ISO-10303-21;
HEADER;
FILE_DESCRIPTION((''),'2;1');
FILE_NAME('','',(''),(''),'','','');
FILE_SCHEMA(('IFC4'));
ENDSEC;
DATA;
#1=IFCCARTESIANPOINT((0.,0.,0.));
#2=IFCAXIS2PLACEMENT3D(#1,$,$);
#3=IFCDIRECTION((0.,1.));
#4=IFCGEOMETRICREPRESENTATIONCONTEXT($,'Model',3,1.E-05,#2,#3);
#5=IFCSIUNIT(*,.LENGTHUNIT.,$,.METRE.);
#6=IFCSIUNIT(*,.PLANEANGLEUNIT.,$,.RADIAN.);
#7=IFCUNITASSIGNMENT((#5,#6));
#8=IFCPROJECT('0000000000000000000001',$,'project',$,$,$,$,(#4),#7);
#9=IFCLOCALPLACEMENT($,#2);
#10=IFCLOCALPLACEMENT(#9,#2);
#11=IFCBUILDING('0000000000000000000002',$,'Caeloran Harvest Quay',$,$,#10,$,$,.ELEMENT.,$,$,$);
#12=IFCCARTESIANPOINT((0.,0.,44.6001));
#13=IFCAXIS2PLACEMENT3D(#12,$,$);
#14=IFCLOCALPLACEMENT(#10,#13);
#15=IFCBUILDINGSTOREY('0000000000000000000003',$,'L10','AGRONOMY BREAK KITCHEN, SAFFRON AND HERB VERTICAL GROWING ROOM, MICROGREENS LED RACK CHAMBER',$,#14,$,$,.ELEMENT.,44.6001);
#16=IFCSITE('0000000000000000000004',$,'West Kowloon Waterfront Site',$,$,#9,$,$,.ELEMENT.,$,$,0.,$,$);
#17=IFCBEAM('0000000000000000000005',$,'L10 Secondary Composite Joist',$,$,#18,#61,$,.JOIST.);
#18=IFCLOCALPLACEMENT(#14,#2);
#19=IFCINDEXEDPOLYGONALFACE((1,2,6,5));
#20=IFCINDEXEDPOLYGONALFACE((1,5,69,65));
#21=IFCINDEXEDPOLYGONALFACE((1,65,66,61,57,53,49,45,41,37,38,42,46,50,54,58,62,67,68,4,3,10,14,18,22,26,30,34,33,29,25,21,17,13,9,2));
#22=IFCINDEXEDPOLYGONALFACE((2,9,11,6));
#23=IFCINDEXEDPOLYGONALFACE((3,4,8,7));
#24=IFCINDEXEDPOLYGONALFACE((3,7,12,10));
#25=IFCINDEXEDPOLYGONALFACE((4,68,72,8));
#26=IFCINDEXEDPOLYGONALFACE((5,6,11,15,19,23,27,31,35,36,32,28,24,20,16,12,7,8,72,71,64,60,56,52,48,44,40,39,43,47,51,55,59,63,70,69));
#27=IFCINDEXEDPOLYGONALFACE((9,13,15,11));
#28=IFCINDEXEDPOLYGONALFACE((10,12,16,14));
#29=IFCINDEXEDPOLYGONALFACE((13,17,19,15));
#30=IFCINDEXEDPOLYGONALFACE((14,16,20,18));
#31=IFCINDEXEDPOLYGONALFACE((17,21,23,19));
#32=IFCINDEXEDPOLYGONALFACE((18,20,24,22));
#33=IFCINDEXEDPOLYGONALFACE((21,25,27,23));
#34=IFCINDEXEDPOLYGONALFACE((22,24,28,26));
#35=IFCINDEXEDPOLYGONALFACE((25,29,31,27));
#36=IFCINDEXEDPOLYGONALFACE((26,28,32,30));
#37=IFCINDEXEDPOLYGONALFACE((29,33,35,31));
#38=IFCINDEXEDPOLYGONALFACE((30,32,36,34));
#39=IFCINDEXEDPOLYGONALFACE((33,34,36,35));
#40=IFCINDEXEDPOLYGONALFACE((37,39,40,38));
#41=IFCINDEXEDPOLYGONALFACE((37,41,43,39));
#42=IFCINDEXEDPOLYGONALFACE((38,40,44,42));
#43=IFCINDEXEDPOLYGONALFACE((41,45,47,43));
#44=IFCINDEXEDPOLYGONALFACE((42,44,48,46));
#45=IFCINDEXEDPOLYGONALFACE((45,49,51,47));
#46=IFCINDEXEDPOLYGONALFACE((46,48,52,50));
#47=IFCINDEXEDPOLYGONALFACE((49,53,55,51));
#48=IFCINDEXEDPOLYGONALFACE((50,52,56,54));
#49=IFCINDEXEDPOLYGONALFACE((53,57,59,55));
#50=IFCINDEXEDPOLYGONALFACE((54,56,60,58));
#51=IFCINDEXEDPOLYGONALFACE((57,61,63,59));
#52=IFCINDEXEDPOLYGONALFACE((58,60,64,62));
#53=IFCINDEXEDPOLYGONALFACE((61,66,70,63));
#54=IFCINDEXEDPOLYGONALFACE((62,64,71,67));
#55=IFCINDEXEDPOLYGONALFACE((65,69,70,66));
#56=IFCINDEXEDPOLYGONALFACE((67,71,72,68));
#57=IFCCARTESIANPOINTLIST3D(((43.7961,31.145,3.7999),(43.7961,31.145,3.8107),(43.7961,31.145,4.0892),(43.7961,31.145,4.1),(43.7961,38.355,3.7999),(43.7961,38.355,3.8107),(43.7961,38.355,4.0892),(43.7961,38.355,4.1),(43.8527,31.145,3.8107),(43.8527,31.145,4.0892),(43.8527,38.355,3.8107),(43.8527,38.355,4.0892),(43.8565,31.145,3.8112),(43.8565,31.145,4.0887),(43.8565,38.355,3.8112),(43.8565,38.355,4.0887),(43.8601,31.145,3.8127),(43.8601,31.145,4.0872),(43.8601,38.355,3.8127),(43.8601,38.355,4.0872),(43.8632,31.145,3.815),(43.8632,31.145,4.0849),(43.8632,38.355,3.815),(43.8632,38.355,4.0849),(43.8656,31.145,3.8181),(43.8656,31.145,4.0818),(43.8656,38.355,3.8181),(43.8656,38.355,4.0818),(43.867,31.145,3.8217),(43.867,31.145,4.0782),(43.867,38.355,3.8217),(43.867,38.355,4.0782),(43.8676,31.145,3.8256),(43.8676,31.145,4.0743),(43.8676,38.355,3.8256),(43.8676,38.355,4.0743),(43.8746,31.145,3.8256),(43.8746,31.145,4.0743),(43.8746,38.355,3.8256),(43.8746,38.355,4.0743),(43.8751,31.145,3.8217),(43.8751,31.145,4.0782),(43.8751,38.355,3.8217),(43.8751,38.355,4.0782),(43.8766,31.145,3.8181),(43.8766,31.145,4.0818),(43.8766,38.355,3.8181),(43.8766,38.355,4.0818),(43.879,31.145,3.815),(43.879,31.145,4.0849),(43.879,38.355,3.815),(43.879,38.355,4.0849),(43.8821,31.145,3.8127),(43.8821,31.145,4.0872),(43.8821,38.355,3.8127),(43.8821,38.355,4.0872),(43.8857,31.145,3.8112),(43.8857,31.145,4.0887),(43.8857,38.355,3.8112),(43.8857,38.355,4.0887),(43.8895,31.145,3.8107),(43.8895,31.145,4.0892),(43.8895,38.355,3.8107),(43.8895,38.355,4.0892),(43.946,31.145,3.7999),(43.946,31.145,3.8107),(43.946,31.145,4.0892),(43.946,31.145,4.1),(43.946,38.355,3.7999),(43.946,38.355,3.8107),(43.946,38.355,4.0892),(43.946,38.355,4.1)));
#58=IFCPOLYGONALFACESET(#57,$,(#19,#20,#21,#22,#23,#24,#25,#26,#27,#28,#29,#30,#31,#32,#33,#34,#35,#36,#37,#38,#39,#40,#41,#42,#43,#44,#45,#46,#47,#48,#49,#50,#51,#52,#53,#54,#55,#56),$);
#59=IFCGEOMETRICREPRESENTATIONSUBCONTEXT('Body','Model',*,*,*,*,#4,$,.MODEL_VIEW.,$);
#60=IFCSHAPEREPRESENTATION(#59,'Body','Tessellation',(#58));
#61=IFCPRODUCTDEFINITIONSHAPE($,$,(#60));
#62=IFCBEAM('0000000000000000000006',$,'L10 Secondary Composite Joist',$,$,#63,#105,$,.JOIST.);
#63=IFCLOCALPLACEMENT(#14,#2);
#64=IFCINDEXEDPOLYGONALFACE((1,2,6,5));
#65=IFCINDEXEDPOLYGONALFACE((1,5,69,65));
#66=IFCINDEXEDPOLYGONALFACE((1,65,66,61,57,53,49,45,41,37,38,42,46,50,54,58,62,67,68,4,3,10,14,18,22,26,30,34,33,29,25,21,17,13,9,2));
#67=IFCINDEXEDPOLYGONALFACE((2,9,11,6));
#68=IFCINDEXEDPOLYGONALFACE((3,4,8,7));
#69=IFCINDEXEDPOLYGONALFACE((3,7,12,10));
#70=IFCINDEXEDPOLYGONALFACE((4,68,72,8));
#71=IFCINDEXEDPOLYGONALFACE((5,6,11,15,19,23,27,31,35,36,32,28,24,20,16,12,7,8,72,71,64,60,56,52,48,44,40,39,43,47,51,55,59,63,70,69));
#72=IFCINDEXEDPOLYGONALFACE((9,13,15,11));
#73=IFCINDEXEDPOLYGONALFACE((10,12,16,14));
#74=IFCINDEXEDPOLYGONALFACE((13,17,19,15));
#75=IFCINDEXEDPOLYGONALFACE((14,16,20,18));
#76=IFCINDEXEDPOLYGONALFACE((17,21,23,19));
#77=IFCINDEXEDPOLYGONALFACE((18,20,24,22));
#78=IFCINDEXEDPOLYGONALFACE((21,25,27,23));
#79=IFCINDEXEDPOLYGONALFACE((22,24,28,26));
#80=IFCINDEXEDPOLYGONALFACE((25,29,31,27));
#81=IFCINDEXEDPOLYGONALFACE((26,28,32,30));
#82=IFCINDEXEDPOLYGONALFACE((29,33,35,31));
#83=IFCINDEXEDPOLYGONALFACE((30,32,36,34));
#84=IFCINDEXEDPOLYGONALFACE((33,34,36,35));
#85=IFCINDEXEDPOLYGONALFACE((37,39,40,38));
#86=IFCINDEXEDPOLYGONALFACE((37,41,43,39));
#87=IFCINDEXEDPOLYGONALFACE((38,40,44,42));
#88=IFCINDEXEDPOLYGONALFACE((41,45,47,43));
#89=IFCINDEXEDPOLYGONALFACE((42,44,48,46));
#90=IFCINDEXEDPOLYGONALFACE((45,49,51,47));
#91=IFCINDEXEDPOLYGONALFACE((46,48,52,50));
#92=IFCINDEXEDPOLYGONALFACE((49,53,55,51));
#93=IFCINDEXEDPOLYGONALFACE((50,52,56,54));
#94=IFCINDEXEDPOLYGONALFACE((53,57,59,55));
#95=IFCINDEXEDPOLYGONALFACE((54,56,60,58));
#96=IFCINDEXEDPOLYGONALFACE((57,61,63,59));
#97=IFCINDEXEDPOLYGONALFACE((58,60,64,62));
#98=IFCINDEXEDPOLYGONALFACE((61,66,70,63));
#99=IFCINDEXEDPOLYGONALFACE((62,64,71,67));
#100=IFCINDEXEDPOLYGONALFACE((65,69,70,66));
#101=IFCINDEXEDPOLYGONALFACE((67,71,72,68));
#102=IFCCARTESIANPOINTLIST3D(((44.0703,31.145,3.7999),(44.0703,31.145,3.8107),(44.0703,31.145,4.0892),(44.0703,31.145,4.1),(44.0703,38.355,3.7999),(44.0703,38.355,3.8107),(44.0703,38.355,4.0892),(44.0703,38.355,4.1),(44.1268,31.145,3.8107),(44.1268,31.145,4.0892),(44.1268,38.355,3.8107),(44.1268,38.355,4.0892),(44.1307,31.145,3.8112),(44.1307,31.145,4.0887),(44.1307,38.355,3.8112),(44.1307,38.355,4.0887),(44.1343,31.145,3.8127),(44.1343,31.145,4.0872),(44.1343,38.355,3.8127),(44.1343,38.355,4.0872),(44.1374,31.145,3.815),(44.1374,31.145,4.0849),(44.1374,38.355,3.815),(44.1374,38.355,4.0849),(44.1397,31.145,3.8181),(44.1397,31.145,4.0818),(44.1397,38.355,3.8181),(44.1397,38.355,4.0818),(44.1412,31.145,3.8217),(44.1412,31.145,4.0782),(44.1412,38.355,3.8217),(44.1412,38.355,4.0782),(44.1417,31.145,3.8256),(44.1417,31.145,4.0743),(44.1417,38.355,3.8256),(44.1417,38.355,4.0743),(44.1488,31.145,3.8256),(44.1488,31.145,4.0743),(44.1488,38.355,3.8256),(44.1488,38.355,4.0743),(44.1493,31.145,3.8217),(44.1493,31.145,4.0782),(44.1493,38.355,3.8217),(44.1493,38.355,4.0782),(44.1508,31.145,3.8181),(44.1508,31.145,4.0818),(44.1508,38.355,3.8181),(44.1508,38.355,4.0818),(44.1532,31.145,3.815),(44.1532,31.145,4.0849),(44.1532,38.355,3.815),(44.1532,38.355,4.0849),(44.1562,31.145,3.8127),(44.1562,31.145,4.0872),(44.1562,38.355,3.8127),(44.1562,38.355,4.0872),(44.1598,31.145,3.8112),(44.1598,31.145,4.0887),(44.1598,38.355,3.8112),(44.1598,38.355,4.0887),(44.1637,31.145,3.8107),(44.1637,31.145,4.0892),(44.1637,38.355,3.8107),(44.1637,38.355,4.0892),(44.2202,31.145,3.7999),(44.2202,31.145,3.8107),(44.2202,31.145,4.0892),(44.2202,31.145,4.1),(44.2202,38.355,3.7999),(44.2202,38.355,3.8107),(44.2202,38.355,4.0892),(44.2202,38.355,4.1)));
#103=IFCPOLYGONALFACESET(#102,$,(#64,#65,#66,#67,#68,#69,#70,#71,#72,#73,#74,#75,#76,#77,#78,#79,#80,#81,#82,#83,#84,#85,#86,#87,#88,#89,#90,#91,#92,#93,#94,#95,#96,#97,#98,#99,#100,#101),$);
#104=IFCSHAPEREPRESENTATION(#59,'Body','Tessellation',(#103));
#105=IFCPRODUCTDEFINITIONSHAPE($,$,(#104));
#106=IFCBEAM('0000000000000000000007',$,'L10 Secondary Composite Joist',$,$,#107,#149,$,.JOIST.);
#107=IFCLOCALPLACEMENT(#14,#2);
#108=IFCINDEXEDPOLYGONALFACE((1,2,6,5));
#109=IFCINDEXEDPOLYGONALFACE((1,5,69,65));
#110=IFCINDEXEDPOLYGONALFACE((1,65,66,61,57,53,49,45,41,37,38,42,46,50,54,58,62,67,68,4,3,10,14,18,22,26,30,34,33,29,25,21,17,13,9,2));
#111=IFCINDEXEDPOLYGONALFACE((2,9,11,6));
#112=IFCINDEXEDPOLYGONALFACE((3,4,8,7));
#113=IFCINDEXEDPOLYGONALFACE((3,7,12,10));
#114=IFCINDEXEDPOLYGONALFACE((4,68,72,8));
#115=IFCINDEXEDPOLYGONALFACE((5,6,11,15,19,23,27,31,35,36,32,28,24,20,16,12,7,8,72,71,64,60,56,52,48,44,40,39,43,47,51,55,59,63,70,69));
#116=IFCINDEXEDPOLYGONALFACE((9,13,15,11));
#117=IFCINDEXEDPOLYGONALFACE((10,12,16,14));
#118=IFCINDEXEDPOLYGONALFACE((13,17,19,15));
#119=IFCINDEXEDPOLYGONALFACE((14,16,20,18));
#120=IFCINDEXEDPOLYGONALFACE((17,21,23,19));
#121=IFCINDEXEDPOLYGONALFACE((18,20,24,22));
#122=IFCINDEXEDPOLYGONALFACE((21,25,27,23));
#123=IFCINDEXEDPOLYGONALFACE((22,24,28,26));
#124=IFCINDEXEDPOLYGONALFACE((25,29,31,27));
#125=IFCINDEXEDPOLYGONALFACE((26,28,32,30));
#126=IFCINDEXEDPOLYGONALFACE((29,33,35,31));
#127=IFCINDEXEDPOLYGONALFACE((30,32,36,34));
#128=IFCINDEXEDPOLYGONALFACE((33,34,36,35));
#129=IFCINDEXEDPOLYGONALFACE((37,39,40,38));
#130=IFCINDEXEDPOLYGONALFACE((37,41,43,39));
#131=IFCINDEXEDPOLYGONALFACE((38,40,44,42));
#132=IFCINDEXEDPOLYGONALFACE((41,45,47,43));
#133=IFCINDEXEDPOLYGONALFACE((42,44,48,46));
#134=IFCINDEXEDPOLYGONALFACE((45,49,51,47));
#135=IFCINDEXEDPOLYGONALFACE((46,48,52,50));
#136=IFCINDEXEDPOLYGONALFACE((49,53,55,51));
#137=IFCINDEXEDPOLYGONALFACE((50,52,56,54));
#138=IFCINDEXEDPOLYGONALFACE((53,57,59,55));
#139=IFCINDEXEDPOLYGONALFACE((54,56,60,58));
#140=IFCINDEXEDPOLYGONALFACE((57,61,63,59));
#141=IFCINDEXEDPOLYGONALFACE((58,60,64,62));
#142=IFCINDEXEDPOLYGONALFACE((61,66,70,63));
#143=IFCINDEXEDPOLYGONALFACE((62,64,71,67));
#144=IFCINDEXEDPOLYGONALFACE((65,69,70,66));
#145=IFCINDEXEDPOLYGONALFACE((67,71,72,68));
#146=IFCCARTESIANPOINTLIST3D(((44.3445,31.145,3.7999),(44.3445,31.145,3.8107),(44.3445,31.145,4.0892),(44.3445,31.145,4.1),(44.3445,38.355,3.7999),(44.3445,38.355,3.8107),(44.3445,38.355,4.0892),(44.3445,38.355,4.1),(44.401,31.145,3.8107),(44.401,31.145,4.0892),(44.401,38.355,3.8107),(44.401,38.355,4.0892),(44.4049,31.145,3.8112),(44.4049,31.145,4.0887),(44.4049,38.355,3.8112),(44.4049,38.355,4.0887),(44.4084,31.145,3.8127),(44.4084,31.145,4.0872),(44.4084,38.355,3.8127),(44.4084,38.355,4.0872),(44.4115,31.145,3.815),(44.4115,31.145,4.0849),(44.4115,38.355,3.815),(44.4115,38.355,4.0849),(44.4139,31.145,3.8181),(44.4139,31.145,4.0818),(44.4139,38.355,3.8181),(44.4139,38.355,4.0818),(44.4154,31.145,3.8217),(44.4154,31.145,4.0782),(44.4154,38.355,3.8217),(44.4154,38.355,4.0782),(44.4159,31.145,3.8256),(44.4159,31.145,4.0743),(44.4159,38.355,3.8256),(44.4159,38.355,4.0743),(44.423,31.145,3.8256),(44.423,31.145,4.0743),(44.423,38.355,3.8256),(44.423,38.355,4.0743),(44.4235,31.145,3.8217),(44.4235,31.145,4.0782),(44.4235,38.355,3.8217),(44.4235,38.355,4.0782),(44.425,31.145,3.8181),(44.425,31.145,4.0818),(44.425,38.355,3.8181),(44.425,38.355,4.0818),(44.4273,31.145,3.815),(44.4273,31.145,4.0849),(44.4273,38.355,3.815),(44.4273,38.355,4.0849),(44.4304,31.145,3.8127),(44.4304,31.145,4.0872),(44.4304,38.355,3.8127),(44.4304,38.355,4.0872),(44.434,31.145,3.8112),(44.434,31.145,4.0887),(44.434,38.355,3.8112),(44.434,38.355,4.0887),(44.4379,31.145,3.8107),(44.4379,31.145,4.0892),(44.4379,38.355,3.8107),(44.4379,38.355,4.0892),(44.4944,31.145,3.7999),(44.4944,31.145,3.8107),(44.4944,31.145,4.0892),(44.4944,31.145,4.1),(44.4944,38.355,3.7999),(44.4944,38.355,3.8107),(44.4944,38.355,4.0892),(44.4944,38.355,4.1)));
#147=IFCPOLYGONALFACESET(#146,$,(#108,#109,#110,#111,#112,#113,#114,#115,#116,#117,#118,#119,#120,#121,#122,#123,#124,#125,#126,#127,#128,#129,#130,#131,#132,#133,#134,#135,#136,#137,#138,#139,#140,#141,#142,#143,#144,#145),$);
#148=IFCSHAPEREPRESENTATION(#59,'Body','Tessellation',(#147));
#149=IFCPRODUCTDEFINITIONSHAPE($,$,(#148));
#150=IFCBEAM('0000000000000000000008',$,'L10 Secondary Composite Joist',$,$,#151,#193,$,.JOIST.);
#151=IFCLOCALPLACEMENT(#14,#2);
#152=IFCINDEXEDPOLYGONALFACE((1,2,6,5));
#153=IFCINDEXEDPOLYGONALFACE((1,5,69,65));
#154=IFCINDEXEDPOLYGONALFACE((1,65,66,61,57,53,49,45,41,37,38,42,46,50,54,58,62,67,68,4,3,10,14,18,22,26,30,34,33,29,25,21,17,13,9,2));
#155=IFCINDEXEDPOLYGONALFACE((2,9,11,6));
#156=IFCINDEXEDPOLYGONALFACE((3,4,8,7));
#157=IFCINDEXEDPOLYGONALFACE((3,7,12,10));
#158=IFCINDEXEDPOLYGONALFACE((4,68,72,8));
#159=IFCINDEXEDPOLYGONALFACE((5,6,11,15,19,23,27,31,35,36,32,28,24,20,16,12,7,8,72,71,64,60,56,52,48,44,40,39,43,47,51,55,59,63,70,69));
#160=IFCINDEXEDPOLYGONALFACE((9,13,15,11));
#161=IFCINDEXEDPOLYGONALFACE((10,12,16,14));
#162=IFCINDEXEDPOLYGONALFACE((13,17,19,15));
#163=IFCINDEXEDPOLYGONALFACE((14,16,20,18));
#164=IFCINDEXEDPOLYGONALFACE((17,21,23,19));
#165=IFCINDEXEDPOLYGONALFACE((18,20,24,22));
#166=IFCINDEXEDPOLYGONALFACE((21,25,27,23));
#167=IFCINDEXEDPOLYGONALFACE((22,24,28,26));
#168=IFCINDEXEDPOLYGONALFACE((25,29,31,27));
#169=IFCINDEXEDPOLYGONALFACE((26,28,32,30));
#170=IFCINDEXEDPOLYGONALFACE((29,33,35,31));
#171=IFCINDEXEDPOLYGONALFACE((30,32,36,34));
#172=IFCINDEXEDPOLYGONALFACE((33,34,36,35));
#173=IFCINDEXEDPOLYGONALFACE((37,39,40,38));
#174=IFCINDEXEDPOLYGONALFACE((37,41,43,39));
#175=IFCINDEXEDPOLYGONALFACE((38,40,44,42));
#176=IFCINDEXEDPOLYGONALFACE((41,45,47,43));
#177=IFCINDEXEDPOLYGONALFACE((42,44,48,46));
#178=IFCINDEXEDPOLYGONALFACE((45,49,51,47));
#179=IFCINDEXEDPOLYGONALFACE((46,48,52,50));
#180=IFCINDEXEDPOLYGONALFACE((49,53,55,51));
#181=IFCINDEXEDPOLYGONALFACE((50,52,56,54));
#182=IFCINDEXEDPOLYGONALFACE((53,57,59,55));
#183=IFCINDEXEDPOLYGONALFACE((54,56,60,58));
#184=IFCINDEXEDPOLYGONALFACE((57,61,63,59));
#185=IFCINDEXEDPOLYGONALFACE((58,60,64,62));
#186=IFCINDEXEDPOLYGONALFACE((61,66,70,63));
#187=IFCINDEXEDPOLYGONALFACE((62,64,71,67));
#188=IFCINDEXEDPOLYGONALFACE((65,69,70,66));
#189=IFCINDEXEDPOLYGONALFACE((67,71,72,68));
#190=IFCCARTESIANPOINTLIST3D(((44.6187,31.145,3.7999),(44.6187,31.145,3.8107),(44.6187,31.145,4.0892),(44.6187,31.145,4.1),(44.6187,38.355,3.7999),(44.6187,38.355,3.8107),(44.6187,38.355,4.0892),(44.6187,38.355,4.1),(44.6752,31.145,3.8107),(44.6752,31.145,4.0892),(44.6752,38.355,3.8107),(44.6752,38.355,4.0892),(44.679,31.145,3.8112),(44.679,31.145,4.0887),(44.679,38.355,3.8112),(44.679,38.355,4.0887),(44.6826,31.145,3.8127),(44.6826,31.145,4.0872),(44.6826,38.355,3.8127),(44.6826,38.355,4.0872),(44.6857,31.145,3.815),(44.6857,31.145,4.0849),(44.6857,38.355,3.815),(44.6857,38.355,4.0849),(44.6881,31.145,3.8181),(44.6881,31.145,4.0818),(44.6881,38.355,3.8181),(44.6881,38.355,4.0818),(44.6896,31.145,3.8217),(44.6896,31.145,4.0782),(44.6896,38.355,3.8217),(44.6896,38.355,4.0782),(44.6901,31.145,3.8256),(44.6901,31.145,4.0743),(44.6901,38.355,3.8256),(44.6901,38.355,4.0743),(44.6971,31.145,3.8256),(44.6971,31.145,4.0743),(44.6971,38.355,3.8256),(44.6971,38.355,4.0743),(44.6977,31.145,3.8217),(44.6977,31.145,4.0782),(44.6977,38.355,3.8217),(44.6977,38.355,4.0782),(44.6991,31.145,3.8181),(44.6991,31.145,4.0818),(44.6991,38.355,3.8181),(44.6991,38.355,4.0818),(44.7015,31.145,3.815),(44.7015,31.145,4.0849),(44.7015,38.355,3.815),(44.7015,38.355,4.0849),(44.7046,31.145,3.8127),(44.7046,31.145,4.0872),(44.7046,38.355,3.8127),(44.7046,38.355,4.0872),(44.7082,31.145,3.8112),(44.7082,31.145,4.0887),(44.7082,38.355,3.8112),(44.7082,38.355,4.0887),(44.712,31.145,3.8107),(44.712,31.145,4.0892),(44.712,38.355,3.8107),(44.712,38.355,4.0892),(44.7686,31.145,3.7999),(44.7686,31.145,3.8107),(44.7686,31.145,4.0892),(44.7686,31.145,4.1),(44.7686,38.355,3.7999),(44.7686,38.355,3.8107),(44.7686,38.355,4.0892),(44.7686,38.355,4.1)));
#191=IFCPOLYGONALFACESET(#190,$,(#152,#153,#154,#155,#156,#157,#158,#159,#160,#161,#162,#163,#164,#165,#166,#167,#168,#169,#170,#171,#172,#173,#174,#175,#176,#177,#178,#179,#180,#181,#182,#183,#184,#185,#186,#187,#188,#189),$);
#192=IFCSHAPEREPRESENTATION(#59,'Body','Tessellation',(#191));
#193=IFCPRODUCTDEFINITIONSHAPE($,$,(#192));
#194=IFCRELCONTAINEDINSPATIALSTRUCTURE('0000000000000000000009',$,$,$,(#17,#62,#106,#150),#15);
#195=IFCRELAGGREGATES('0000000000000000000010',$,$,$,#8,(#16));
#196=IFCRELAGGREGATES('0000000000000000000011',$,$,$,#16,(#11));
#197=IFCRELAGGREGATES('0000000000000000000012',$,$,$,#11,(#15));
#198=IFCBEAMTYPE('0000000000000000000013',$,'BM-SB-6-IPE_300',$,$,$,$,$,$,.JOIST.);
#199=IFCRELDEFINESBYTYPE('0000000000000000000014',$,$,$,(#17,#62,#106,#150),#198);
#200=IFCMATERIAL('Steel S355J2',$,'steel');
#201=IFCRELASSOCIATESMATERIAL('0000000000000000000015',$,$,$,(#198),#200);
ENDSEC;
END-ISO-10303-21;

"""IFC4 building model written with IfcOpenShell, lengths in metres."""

from ifc_helpers import new_model, si_unit, direction, frame, origin, origin_2d, place, context, subcontext, project, spatial, i_section, extrude, material, material_profile, profile_set, type_object, element, save


model = new_model("IFC4")

# Units and contexts
model_context = context("Model", 3, precision=1e-05, world=origin(), true_north=direction((0.0, 1.0)))
body_context = subcontext(model_context, "Body", "Model", "MODEL_VIEW")
ifc_project = project(units=[si_unit("LENGTHUNIT", "METRE"), si_unit("PLANEANGLEUNIT", "RADIAN")], contexts=[model_context])

# Site, building, storey
site_placement = place(None, origin())
site = spatial("IfcSite", under=ifc_project, at=site_placement, Name="West Kowloon Waterfront Site", CompositionType="ELEMENT", RefElevation=0.0)
building_placement = place(site_placement, origin())
building = spatial("IfcBuilding", under=site, at=building_placement, Name="Caeloran Harvest Quay", CompositionType="ELEMENT")
storey_placement = place(building_placement, frame((0.0, 0.0, 44.6001)))
storey = spatial("IfcBuildingStorey", under=building, at=storey_placement, Name="L10", Description="AGRONOMY BREAK KITCHEN, SAFFRON AND HERB VERTICAL GROWING ROOM, MICROGREENS LED RACK CHAMBER", CompositionType="ELEMENT", Elevation=44.6001)

# Beams
ifc_material_1 = material(Name="Steel S355J2", Category="steel")
ifc_material_profile_1 = material_profile(ifc_material_1, i_section(OverallWidth=0.1499, OverallDepth=0.3, WebThickness=0.0071, FlangeThickness=0.0107, FilletRadius=0.0149, at=origin_2d()), Name="IPE 300")
ifc_profile_set_1 = profile_set([ifc_material_profile_1], Name="Steel S355J2")
beam_type_1 = type_object("IfcBeamType", Name="BM-SB-6-IPE_300", PredefinedType="JOIST", material=ifc_profile_set_1)
for number, where, z_axis, x_axis, name in (
    (1, (43.8711, 31.145, 3.95), (0.0, 1.0, 0.0), (-1.0, 0.0, 0.0), "L10 Secondary Composite Joist"),
    (2, (44.1453, 31.145, 3.95), (0.0, 1.0, 0.0), (-1.0, 0.0, 0.0), "L10 Secondary Composite Joist"),
    (3, (44.4194, 31.145, 3.95), (0.0, 1.0, 0.0), (-1.0, 0.0, 0.0), "L10 Secondary Composite Joist"),
    (4, (44.6936, 31.145, 3.95), (0.0, 1.0, 0.0), (-1.0, 0.0, 0.0), "L10 Secondary Composite Joist"),
):
    element("IfcBeam", number, at=place(storey_placement, frame(where, z_axis=z_axis, x_axis=x_axis)), inside=storey, type_object=beam_type_1, Name=name, PredefinedType="JOIST", context=body_context, shape_type="SweptSolid", body=[
        extrude(i_section(OverallWidth=0.1499, OverallDepth=0.3, WebThickness=0.0071, FlangeThickness=0.0107, FilletRadius=0.0149, at=origin_2d()), origin(), (0.0, 0.0, 1.0), 7.21),
    ])

save(model, "model.ifc")
